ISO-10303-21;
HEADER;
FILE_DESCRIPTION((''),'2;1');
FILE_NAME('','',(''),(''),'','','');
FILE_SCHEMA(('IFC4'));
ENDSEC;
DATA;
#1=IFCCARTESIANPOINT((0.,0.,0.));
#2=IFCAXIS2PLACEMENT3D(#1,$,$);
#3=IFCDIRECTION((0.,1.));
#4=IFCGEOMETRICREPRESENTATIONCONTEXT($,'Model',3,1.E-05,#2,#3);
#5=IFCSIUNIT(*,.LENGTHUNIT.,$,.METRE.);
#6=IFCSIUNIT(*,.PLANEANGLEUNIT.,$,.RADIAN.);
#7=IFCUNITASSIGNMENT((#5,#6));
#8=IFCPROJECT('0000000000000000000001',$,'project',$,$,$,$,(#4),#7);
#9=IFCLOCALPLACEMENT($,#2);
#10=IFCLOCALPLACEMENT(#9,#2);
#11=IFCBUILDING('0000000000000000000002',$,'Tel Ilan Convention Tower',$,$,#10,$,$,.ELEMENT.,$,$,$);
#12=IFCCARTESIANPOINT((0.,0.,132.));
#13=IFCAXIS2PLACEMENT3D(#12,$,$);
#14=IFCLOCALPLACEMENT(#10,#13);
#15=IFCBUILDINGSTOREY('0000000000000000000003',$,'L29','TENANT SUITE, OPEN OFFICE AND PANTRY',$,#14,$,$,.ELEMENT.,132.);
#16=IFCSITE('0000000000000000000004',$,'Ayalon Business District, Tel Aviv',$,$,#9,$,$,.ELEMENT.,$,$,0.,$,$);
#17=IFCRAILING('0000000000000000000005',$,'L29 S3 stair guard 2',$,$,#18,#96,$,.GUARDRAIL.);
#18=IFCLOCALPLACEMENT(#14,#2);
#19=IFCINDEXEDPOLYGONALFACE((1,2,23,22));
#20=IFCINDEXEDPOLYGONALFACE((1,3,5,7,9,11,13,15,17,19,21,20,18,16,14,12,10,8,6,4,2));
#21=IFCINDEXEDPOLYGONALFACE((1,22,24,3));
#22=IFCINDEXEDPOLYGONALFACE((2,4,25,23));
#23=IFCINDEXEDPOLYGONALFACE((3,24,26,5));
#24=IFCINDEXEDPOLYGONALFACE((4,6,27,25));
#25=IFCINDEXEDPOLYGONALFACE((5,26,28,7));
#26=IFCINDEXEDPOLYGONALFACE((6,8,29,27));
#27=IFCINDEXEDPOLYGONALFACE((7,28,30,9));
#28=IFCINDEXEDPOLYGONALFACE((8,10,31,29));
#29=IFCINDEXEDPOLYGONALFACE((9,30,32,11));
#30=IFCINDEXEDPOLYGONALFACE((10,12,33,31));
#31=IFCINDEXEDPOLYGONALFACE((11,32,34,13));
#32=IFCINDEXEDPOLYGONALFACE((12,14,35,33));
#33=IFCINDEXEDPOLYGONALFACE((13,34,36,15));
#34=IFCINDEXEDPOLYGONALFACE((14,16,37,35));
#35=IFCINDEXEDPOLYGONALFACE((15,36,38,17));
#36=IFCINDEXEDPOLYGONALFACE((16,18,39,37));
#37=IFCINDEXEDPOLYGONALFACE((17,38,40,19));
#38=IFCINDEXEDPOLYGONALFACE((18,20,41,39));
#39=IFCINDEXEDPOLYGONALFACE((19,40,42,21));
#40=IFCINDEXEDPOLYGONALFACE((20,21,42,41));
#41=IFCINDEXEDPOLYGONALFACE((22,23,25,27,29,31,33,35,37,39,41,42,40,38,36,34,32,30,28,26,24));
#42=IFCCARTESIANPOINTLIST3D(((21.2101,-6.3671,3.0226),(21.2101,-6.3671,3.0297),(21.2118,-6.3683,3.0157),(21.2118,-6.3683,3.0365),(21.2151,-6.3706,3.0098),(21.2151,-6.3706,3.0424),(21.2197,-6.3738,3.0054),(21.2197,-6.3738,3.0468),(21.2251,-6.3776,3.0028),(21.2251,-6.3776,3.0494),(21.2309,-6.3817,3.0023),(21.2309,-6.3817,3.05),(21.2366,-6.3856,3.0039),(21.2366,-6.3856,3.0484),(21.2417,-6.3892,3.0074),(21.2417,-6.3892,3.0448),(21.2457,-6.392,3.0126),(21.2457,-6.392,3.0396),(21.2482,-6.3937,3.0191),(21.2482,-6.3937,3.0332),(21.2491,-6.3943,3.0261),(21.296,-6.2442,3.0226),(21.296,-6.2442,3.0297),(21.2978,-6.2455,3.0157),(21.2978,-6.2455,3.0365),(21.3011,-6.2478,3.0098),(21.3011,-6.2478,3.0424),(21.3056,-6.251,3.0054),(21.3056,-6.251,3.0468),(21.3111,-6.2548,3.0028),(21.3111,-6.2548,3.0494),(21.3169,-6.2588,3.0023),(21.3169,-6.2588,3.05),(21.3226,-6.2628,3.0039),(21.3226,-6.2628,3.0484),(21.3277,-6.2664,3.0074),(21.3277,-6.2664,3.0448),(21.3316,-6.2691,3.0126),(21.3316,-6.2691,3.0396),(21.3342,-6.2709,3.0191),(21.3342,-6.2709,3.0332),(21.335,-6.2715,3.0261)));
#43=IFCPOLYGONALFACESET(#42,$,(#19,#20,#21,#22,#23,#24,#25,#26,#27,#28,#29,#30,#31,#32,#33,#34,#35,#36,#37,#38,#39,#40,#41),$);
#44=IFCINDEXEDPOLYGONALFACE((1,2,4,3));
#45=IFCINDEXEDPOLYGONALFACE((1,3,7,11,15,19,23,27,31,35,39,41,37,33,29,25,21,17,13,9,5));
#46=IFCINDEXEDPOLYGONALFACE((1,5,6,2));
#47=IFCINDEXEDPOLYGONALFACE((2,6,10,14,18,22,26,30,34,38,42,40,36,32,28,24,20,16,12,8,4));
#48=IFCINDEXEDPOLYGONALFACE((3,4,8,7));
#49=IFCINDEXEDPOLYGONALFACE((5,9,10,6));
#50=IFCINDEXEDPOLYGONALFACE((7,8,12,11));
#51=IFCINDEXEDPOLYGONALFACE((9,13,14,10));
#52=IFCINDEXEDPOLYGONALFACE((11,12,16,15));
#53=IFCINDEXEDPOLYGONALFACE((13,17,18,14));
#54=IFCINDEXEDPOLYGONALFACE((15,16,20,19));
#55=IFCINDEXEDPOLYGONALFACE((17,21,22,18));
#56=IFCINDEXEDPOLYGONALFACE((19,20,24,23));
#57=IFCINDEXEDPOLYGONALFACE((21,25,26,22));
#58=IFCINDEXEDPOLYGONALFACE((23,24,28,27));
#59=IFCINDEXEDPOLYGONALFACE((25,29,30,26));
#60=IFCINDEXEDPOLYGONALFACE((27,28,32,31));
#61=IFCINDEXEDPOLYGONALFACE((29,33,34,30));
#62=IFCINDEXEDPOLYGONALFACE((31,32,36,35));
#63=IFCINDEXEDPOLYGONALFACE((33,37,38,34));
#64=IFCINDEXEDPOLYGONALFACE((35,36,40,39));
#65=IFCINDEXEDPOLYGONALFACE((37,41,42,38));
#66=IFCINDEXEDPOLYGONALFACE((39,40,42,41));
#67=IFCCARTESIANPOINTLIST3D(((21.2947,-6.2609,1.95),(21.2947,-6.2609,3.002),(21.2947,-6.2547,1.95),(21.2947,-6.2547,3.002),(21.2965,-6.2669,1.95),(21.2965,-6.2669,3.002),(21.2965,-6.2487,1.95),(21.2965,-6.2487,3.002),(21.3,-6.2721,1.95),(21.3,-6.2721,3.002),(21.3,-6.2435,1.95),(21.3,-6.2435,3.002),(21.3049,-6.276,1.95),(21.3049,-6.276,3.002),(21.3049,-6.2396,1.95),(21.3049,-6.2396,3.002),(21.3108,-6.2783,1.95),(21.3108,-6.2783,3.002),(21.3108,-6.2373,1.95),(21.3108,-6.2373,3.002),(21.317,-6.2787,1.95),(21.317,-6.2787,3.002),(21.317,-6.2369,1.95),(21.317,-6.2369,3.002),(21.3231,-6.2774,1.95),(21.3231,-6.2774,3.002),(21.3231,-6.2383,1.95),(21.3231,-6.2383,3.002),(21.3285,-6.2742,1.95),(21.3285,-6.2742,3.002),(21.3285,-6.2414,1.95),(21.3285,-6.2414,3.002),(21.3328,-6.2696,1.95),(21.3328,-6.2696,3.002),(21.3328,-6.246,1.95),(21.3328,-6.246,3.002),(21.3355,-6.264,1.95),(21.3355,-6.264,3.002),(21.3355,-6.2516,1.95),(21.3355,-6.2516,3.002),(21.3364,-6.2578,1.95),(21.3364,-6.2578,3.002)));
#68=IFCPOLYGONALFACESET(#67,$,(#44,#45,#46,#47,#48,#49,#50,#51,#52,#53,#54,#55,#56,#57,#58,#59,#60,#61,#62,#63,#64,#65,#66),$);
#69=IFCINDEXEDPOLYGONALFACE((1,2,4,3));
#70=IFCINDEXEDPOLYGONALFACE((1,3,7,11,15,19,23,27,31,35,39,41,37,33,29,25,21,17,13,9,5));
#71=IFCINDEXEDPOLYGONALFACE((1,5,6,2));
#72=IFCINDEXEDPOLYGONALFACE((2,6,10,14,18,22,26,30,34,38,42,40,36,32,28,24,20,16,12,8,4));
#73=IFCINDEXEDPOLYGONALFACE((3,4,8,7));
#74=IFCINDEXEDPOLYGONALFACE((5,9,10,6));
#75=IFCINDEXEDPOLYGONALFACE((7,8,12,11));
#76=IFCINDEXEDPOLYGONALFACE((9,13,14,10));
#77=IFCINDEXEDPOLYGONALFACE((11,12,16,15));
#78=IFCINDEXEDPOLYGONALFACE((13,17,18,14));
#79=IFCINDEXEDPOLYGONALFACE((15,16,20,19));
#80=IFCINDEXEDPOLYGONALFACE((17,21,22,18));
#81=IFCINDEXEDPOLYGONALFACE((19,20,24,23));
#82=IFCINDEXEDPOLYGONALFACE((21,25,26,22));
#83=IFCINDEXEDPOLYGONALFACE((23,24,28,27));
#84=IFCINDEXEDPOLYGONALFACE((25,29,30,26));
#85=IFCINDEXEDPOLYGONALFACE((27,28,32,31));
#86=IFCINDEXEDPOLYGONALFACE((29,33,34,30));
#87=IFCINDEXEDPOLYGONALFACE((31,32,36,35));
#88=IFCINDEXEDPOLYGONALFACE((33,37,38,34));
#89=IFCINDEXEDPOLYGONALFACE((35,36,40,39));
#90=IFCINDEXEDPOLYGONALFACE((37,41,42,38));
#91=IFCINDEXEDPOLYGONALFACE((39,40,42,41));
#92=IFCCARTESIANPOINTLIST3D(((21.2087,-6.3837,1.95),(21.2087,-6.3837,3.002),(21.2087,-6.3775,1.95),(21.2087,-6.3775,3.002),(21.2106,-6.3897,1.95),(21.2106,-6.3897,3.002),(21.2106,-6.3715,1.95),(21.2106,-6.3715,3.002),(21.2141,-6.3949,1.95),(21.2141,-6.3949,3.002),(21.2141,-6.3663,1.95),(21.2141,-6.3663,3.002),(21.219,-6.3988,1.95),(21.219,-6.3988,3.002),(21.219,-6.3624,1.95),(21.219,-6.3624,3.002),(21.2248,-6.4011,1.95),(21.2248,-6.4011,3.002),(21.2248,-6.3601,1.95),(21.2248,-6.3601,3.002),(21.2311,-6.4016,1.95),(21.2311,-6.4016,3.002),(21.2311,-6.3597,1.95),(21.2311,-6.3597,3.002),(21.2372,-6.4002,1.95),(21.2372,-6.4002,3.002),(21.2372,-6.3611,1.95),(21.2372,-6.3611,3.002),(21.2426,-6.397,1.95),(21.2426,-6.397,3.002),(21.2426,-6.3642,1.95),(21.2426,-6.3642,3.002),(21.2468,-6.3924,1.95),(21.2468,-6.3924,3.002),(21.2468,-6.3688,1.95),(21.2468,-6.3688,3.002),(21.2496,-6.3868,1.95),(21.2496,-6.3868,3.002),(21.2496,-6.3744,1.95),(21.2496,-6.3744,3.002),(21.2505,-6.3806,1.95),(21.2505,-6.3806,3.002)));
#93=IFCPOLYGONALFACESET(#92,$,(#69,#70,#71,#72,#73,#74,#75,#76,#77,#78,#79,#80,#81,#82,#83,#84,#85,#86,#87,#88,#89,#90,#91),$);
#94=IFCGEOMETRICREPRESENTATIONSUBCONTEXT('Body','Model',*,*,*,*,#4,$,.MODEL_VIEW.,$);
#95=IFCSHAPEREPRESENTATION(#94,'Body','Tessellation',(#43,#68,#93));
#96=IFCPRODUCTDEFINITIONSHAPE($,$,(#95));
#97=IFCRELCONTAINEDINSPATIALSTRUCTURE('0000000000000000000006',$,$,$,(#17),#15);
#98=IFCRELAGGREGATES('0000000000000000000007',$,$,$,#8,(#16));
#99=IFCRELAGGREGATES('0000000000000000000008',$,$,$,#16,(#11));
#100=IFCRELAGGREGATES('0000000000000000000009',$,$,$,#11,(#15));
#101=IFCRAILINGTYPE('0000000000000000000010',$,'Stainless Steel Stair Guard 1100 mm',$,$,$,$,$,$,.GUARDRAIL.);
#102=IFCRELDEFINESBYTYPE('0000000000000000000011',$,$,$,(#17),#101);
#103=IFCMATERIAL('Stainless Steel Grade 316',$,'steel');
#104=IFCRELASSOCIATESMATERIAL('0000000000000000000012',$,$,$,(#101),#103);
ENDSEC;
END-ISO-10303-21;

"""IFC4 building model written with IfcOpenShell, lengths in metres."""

from ifc_helpers import new_model, si_unit, direction, frame, origin, origin_2d, place, context, subcontext, project, spatial, circle, extrude, material, type_object, element, save


model = new_model("IFC4")

# Units and contexts
model_context = context("Model", 3, precision=1e-05, world=origin(), true_north=direction((0.0, 1.0)))
body_context = subcontext(model_context, "Body", "Model", "MODEL_VIEW")
ifc_project = project(units=[si_unit("LENGTHUNIT", "METRE"), si_unit("PLANEANGLEUNIT", "RADIAN")], contexts=[model_context])

# Site, building, storey
site_placement = place(None, origin())
site = spatial("IfcSite", under=ifc_project, at=site_placement, Name="Ayalon Business District, Tel Aviv", CompositionType="ELEMENT", RefElevation=0.0)
building_placement = place(site_placement, origin())
building = spatial("IfcBuilding", under=site, at=building_placement, Name="Tel Ilan Convention Tower", CompositionType="ELEMENT")
storey_placement = place(building_placement, frame((0.0, 0.0, 132.0)))
storey = spatial("IfcBuildingStorey", under=building, at=storey_placement, Name="L29", Description="TENANT SUITE, OPEN OFFICE AND PANTRY", CompositionType="ELEMENT", Elevation=132.0)

# Railing
ifc_material_1 = material(Name="Stainless Steel Grade 316", Category="steel")
railing_type_1 = type_object("IfcRailingType", Name="Stainless Steel Stair Guard 1100 mm", PredefinedType="GUARDRAIL", material=ifc_material_1)
railing_1_placement = place(storey_placement, frame((21.3154, -6.2578, 1.95)))
element("IfcRailing", 1, at=railing_1_placement, inside=storey, type_object=railing_type_1, Name="L29 S3 stair guard 2", PredefinedType="GUARDRAIL", context=body_context, shape_type="SweptSolid", body=[
    extrude(circle(Radius=0.0239, at=origin_2d()), frame((0.0, 0.0, 1.0762), z_axis=(-0.573353, -0.819308, 0.0), x_axis=(0.819308, -0.573353, 0.0)), (0.0, 0.0, 1.0), 0.1499),
    extrude(circle(Radius=0.021, at=origin_2d()), origin(), (0.0, 0.0, 1.0), 1.052),
    extrude(circle(Radius=0.021, at=origin_2d()), frame((-0.0859, -0.1228, 0.0)), (0.0, 0.0, 1.0), 1.052),
])

save(model, "model.ifc")
